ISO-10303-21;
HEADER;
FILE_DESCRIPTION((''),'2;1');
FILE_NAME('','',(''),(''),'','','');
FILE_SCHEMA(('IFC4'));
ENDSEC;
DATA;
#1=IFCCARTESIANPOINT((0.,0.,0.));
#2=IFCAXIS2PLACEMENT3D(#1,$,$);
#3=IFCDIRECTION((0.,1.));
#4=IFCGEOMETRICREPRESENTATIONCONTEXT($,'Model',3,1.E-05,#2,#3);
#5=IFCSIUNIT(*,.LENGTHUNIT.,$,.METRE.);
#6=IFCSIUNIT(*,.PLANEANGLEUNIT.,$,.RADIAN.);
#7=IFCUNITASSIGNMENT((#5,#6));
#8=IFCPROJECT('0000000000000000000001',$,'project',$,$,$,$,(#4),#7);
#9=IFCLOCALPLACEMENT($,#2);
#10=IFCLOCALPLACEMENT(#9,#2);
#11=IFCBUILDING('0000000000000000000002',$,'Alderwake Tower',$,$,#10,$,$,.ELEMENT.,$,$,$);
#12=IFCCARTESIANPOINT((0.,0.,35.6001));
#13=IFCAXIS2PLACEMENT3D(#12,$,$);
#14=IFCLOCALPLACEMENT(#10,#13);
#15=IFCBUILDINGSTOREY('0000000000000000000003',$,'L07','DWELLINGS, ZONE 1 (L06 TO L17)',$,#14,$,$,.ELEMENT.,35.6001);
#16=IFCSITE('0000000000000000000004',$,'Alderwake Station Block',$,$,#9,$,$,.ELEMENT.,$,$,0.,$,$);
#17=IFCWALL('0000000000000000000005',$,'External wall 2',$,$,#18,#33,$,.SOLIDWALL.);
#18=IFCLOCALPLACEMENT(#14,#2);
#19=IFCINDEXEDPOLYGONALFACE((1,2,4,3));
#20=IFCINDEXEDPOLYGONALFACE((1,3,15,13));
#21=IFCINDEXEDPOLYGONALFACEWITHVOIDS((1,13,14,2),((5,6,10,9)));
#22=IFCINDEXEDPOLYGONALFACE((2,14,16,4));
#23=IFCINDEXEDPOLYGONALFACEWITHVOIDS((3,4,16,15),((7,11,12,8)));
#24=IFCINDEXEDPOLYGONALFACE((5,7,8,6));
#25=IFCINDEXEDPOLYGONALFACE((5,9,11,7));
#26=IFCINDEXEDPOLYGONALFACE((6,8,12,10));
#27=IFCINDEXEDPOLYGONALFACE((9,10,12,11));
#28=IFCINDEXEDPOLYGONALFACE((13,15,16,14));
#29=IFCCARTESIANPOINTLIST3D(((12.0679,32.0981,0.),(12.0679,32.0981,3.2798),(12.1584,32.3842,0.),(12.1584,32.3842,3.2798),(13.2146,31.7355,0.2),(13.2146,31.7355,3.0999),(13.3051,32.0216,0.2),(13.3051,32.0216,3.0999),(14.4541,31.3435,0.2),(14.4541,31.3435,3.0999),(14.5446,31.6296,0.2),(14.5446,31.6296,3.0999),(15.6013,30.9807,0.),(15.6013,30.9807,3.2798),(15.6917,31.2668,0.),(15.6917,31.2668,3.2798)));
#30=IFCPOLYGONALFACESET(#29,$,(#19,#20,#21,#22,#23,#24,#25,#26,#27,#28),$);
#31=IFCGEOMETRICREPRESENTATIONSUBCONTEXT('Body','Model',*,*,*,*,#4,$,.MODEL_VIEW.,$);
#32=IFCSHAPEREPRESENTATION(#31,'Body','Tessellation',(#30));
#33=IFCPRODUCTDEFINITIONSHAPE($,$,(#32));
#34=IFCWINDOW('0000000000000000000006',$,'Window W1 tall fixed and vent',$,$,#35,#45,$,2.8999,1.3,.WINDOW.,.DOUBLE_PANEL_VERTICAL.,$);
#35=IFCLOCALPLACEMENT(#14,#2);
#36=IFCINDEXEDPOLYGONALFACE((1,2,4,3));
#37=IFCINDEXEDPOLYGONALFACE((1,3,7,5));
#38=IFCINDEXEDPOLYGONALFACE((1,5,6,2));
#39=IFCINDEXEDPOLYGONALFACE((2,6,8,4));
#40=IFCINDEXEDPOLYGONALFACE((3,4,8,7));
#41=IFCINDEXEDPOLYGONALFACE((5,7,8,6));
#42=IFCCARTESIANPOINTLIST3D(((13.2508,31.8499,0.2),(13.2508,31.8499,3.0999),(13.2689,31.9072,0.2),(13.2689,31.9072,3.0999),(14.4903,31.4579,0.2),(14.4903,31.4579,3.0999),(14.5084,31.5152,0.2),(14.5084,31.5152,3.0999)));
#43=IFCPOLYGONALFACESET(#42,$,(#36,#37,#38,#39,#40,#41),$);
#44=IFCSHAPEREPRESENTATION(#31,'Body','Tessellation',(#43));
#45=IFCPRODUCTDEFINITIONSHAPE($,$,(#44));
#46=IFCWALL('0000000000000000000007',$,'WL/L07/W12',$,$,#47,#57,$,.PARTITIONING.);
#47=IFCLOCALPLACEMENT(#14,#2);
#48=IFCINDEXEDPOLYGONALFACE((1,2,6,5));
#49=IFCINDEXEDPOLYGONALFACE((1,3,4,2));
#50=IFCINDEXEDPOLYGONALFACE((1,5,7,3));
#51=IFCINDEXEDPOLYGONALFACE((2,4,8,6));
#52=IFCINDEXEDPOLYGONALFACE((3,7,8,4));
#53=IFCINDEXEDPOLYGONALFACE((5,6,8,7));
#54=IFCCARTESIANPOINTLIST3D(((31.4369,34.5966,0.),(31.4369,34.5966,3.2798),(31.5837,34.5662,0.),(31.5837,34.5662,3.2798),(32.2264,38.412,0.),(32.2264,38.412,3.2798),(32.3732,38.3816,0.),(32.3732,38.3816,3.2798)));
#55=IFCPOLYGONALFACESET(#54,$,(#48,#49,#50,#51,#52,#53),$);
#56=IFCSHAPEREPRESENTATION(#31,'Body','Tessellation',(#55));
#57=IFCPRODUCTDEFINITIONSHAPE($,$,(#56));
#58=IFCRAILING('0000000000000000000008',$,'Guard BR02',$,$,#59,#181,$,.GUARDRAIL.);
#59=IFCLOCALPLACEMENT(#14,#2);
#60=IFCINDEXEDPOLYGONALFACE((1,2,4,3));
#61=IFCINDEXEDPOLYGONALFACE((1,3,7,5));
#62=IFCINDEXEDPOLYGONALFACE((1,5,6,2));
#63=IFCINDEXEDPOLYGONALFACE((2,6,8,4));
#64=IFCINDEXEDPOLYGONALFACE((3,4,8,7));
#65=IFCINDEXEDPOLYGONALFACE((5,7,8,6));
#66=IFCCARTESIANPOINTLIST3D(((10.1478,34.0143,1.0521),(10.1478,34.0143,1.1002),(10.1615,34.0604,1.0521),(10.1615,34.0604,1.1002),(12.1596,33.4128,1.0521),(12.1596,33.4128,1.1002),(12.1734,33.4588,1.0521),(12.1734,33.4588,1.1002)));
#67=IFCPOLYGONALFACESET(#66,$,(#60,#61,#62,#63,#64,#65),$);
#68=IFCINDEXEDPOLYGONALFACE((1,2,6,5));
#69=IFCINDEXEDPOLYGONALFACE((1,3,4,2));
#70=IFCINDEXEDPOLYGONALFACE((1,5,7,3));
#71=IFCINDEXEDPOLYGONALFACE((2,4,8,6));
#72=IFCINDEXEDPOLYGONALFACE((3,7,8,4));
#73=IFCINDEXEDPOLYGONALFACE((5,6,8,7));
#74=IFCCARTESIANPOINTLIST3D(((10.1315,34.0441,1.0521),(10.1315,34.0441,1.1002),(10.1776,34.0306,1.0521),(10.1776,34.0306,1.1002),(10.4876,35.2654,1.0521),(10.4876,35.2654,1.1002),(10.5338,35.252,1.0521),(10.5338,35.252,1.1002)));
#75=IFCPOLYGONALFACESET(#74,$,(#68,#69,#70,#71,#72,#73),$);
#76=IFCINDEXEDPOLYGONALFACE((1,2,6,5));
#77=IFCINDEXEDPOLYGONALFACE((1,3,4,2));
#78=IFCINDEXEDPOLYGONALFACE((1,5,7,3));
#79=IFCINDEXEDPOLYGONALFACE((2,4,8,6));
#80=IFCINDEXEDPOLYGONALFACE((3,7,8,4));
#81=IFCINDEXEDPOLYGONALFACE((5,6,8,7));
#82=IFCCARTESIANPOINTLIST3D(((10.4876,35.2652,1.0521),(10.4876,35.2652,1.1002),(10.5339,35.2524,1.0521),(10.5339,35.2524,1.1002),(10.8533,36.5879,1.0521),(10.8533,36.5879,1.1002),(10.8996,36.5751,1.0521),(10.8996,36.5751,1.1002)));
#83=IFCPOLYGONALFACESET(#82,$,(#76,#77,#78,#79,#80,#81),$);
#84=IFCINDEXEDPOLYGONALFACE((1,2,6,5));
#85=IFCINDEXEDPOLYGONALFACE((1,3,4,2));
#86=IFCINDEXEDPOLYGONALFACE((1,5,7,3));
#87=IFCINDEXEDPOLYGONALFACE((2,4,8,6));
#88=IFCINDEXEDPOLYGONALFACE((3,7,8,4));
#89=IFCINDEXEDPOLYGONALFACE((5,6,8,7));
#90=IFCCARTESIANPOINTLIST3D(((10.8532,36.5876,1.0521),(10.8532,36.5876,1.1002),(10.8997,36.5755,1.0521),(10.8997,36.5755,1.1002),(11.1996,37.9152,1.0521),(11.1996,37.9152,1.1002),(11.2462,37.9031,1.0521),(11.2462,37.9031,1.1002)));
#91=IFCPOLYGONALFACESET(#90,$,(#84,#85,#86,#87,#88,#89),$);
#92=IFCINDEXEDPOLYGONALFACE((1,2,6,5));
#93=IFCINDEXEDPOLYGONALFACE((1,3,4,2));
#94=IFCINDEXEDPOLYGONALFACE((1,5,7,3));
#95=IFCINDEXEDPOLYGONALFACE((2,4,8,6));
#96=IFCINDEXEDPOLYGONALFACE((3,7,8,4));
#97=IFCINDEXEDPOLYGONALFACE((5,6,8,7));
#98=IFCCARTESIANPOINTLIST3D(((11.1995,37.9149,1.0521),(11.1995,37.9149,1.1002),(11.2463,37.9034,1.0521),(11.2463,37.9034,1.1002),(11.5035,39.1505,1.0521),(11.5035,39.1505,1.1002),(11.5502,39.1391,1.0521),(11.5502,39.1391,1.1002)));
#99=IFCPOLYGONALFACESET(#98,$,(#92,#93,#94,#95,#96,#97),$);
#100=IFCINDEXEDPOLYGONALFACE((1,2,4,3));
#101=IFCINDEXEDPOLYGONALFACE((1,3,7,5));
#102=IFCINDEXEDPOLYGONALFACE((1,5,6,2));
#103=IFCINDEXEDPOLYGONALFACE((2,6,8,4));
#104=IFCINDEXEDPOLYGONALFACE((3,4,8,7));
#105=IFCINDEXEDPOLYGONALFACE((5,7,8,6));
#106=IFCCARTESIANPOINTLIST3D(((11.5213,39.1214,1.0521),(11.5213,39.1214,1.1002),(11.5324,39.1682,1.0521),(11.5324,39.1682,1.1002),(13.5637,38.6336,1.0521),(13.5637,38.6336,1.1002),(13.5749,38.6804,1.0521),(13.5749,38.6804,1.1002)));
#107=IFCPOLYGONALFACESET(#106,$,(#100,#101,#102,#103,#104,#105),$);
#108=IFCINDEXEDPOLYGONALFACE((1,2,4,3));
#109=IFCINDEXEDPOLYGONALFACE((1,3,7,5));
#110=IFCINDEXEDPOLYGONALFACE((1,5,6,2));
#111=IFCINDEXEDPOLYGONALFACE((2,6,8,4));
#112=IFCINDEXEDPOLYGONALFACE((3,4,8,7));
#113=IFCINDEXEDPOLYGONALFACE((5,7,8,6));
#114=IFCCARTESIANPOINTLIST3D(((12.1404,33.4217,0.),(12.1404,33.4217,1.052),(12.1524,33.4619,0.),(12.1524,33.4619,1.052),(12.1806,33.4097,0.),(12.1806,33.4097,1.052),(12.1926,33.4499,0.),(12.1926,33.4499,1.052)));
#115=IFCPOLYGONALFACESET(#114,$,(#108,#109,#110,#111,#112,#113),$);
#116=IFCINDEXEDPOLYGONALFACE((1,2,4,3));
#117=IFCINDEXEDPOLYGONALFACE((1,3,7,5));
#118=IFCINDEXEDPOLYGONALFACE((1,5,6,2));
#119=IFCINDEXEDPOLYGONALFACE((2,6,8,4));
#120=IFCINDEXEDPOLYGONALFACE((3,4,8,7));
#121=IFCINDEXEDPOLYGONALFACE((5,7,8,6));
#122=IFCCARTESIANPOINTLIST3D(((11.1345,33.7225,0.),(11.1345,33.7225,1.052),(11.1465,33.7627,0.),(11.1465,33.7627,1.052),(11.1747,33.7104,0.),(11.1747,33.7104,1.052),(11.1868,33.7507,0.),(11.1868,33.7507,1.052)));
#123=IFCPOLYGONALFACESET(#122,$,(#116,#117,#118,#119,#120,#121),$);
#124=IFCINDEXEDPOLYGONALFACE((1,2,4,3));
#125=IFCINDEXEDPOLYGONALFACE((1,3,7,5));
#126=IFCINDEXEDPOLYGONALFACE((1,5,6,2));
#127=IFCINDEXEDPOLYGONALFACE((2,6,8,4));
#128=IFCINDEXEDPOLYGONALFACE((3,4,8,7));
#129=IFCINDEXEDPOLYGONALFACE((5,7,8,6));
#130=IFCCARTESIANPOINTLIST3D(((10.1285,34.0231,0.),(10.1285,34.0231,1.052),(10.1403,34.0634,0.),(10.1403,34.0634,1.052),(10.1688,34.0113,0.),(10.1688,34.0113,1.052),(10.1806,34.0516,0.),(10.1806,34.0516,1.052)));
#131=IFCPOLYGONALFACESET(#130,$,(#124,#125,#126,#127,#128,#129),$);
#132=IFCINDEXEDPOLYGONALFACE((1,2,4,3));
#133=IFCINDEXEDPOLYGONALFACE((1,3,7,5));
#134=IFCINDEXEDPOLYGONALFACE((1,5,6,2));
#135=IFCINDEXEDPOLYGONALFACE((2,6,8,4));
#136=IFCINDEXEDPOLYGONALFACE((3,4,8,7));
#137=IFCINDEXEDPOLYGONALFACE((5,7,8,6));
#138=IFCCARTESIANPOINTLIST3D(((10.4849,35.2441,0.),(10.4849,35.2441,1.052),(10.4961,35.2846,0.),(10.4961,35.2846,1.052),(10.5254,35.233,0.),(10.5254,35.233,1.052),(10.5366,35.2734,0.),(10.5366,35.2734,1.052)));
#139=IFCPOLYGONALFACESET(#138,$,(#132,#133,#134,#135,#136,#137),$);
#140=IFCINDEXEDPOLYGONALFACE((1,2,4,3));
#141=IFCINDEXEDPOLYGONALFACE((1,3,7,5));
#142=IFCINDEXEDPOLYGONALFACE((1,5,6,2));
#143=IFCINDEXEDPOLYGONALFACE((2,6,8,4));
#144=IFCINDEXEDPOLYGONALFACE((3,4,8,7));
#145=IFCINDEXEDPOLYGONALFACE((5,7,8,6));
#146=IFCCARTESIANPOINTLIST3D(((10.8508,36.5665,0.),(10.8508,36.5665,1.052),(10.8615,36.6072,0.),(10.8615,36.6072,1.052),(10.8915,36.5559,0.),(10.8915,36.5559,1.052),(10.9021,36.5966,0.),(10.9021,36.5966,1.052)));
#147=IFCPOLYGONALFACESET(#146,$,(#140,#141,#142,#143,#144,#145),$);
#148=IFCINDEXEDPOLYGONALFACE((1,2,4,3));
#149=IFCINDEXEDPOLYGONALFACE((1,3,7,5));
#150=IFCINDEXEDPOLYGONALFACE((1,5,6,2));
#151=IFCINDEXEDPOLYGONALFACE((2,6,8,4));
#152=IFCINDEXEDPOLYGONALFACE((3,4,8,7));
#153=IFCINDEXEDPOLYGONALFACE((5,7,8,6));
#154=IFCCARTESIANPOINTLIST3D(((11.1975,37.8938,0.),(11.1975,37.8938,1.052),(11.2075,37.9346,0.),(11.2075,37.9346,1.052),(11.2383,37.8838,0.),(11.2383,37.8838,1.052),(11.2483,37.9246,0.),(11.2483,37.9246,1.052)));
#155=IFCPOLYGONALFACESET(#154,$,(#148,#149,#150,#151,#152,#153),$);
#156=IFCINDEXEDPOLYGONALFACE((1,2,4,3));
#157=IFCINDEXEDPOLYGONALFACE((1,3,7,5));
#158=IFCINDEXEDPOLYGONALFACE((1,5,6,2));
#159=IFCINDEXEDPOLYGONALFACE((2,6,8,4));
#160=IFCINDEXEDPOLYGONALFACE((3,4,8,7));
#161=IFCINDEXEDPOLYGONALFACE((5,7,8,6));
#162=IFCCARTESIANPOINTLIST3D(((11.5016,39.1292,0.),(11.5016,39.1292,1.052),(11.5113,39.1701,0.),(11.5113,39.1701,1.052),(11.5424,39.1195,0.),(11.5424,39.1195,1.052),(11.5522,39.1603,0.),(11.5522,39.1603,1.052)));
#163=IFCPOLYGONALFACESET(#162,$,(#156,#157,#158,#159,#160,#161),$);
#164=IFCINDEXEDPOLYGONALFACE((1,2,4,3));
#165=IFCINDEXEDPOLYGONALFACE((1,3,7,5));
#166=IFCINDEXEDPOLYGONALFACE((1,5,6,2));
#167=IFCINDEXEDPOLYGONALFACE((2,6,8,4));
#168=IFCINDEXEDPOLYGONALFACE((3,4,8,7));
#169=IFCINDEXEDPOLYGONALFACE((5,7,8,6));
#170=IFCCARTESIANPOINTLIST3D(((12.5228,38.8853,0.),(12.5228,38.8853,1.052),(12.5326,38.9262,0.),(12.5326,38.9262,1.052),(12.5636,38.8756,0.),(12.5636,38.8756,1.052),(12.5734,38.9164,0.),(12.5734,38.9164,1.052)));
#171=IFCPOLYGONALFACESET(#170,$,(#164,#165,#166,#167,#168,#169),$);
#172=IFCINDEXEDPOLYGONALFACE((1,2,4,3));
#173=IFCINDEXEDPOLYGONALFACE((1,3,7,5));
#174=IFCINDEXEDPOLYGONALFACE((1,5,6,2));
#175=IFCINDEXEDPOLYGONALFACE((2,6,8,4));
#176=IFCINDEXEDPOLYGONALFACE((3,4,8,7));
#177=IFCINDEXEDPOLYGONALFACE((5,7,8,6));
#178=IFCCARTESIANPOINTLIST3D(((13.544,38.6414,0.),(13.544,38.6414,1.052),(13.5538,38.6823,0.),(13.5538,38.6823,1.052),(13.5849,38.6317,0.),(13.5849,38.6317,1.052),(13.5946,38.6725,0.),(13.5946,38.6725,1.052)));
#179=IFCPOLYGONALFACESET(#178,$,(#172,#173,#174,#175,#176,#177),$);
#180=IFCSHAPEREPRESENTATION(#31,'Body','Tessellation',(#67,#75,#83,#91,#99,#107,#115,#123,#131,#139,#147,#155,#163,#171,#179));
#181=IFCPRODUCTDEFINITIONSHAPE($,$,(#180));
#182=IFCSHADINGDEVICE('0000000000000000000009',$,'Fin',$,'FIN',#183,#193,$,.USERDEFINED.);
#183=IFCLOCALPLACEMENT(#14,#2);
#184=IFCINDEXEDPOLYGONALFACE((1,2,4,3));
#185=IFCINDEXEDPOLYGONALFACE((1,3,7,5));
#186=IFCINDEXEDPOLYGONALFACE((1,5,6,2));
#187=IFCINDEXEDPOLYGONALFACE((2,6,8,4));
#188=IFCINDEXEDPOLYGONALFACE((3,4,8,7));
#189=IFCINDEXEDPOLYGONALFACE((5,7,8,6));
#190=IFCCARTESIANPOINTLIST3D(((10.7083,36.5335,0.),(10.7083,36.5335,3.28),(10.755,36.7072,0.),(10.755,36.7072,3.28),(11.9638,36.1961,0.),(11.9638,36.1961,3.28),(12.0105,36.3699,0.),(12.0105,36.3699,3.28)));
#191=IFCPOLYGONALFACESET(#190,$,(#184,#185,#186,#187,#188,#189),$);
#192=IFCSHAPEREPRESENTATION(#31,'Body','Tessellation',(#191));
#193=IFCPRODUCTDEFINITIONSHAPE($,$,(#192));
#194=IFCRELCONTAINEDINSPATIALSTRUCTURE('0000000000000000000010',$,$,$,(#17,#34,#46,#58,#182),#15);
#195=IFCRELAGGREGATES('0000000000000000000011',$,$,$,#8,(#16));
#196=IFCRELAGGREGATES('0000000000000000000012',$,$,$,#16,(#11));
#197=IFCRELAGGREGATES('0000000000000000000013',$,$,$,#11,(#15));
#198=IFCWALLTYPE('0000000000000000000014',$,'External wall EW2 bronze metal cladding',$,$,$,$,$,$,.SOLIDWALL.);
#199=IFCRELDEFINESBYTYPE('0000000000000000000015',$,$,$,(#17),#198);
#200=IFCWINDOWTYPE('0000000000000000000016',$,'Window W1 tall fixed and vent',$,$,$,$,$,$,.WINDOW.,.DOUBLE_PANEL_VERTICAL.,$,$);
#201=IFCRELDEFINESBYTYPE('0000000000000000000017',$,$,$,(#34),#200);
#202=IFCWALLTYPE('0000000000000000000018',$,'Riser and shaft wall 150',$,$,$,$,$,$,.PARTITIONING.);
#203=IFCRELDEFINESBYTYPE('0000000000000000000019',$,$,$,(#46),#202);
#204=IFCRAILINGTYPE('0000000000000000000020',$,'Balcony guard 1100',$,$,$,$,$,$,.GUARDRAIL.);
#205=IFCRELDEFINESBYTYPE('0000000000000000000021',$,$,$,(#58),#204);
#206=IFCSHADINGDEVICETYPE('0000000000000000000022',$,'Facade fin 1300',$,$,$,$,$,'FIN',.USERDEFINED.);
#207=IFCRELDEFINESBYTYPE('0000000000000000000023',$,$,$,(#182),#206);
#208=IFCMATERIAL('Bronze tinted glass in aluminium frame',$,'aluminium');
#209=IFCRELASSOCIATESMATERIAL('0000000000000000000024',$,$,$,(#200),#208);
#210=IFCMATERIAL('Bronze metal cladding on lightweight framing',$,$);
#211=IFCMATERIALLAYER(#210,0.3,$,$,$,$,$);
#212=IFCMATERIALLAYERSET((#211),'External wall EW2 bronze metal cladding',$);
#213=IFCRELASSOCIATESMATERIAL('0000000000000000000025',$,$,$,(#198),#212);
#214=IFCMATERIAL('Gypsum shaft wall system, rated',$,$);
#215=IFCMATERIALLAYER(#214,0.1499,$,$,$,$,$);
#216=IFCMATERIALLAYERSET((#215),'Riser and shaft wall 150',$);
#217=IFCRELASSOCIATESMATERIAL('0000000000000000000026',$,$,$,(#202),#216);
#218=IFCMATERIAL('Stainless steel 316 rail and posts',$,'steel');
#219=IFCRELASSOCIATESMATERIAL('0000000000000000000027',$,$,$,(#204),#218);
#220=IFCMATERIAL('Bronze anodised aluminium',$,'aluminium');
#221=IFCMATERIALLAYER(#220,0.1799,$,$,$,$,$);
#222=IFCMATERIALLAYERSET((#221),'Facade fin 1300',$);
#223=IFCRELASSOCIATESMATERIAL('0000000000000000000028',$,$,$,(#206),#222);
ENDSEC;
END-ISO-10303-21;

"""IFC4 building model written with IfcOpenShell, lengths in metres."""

from ifc_helpers import new_model, si_unit, direction, frame, frame_2d, origin, origin_2d, place, context, subcontext, project, spatial, rectangle, extrude, material, layer, layer_set, type_object, element, fill, save


model = new_model("IFC4")

# Units and contexts
model_context = context("Model", 3, precision=1e-05, world=origin(), true_north=direction((0.0, 1.0)))
body_context = subcontext(model_context, "Body", "Model", "MODEL_VIEW")
ifc_project = project(units=[si_unit("LENGTHUNIT", "METRE"), si_unit("PLANEANGLEUNIT", "RADIAN")], contexts=[model_context])

# Site, building, storey
site_placement = place(None, origin())
site = spatial("IfcSite", under=ifc_project, at=site_placement, Name="Alderwake Station Block", CompositionType="ELEMENT", RefElevation=0.0)
building_placement = place(site_placement, origin())
building = spatial("IfcBuilding", under=site, at=building_placement, Name="Alderwake Tower", CompositionType="ELEMENT")
storey_placement = place(building_placement, frame((0.0, 0.0, 35.6001)))
storey = spatial("IfcBuildingStorey", under=building, at=storey_placement, Name="L07", Description="DWELLINGS, ZONE 1 (L06 TO L17)", CompositionType="ELEMENT", Elevation=35.6001)

# Shared definitions
ifc_material_1 = material(Name="Bronze tinted glass in aluminium frame", Category="aluminium")
window_type = type_object("IfcWindowType", Name="Window W1 tall fixed and vent", PartitioningType="DOUBLE_PANEL_VERTICAL", PredefinedType="WINDOW", material=ifc_material_1)

# Wall, opening, window
ifc_material_2 = material(Name="Bronze metal cladding on lightweight framing")
ifc_layer_1 = layer(ifc_material_2, 0.3)
ifc_layer_set_1 = layer_set([ifc_layer_1], Name="External wall EW2 bronze metal cladding")
wall_type_1 = type_object("IfcWallType", Name="External wall EW2 bronze metal cladding", PredefinedType="SOLIDWALL", material=ifc_layer_set_1)
wall_1_placement = place(storey_placement, frame((12.113, 32.2412, 0.0), z_axis=(0.0, 0.0, 1.0), x_axis=(0.953458, -0.301525, 0.0)))
wall_1 = element("IfcWall", 1, at=wall_1_placement, inside=storey, type_object=wall_type_1, Name="External wall 2", PredefinedType="SOLIDWALL", context=body_context, shape_type="SweptSolid", body=[
    extrude(rectangle(XDim=3.7058, YDim=0.3, at=frame_2d((1.853, 0.0))), origin(), (0.0, 0.0, 1.0), 3.2798),
])
opening_1_placement = place(wall_1_placement, frame((1.2029, 0.0, 0.2)))
opening_1 = element("IfcOpeningElement", 2, at=opening_1_placement, cuts=wall_1, PredefinedType="OPENING", context=body_context, shape_type="SweptSolid", body=[
    extrude(rectangle(XDim=1.3, YDim=2.8999, at=frame_2d((0.6499, 1.45))), frame((0.0, 0.1599, 0.0), z_axis=(0.0, -1.0, 0.0), x_axis=(1.0, 0.0, 0.0)), (0.0, 0.0, 1.0), 0.3201),
])
window_1_placement = place(opening_1_placement, origin())
window_1 = element("IfcWindow", 3, at=window_1_placement, inside=storey, type_object=window_type, Name="Window W1 tall fixed and vent", OverallHeight=2.8999, OverallWidth=1.3, PartitioningType="DOUBLE_PANEL_VERTICAL", PredefinedType="WINDOW", context=body_context, shape_type="SweptSolid", body=[
    extrude(rectangle(XDim=1.3, YDim=2.8999, at=frame_2d((0.6499, 1.45))), frame((0.0, 0.03, 0.0), z_axis=(0.0, -1.0, 0.0), x_axis=(1.0, 0.0, 0.0)), (0.0, 0.0, 1.0), 0.0601),
])
fill(opening_1, window_1)

# Wall
ifc_material_3 = material(Name="Gypsum shaft wall system, rated")
ifc_layer_2 = layer(ifc_material_3, 0.1499)
ifc_layer_set_2 = layer_set([ifc_layer_2], Name="Riser and shaft wall 150")
wall_type_2 = type_object("IfcWallType", Name="Riser and shaft wall 150", PredefinedType="PARTITIONING", material=ifc_layer_set_2)
wall_2_placement = place(storey_placement, frame((31.5103, 34.5813, 0.0), z_axis=(0.0, 0.0, 1.0), x_axis=(0.202643, 0.979253, 0.0)))
element("IfcWall", 4, at=wall_2_placement, inside=storey, type_object=wall_type_2, Name="WL/L07/W12", PredefinedType="PARTITIONING", context=body_context, shape_type="SweptSolid", body=[
    extrude(rectangle(XDim=3.8962, YDim=0.1499, at=frame_2d((1.9482, 0.0))), origin(), (0.0, 0.0, 1.0), 3.2798),
])

# Railing
ifc_material_4 = material(Name="Stainless steel 316 rail and posts", Category="steel")
railing_type = type_object("IfcRailingType", Name="Balcony guard 1100", PredefinedType="GUARDRAIL", material=ifc_material_4)
railing_placement = place(storey_placement, frame((12.1665, 33.4358, 0.0)))
element("IfcRailing", 5, at=railing_placement, inside=storey, type_object=railing_type, Name="Guard BR02", PredefinedType="GUARDRAIL", context=body_context, shape_type="SweptSolid", body=[
    extrude(rectangle(XDim=0.0481, YDim=0.0481, at=origin_2d()), frame((0.0, 0.0, 1.0762), z_axis=(-0.958091, 0.286462, 0.0), x_axis=(-0.286462, -0.958091, 0.0)), (0.0, 0.0, 1.0), 2.0999),
    extrude(rectangle(XDim=0.0481, YDim=0.0481, at=origin_2d()), frame((-2.012, 0.6016, 1.0762), z_axis=(0.279963, 0.960011, 0.0), x_axis=(-0.960011, 0.279963, 0.0)), (0.0, 0.0, 1.0), 1.2722),
    extrude(rectangle(XDim=0.0481, YDim=0.0481, at=origin_2d()), frame((-1.6558, 1.823, 1.0762), z_axis=(0.266488, 0.963838, 0.0), x_axis=(-0.963838, 0.266488, 0.0)), (0.0, 0.0, 1.0), 1.3723),
    extrude(rectangle(XDim=0.0481, YDim=0.0481, at=origin_2d()), frame((-1.29, 3.1458, 1.0762), z_axis=(0.252487, 0.9676, 0.0), x_axis=(-0.9676, 0.252487, 0.0)), (0.0, 0.0, 1.0), 1.3721),
    extrude(rectangle(XDim=0.0481, YDim=0.0481, at=origin_2d()), frame((-0.9436, 4.4734, 1.0762), z_axis=(0.238877, 0.97105, 0.0), x_axis=(-0.97105, 0.238877, 0.0)), (0.0, 0.0, 1.0), 1.2725),
    extrude(rectangle(XDim=0.0481, YDim=0.0481, at=origin_2d()), frame((-0.6396, 5.709, 1.0762), z_axis=(0.972646, -0.232291, 0.0), x_axis=(0.232291, 0.972646, 0.0)), (0.0, 0.0, 1.0), 2.0999),
    extrude(rectangle(XDim=0.042, YDim=0.042, at=origin_2d()), frame((0.0, 0.0, 0.0), z_axis=(0.0, 0.0, 1.0), x_axis=(-0.958091, 0.286462, 0.0)), (0.0, 0.0, 1.0), 1.052),
    extrude(rectangle(XDim=0.042, YDim=0.042, at=origin_2d()), frame((-1.0059, 0.3008, 0.0), z_axis=(0.0, 0.0, 1.0), x_axis=(-0.958091, 0.286462, 0.0)), (0.0, 0.0, 1.0), 1.052),
    extrude(rectangle(XDim=0.042, YDim=0.042, at=origin_2d()), frame((-2.012, 0.6016, 0.0), z_axis=(0.0, 0.0, 1.0), x_axis=(0.279963, 0.960011, 0.0)), (0.0, 0.0, 1.0), 1.052),
    extrude(rectangle(XDim=0.042, YDim=0.042, at=origin_2d()), frame((-1.6558, 1.823, 0.0), z_axis=(0.0, 0.0, 1.0), x_axis=(0.266488, 0.963838, 0.0)), (0.0, 0.0, 1.0), 1.052),
    extrude(rectangle(XDim=0.042, YDim=0.042, at=origin_2d()), frame((-1.29, 3.1458, 0.0), z_axis=(0.0, 0.0, 1.0), x_axis=(0.252487, 0.9676, 0.0)), (0.0, 0.0, 1.0), 1.052),
    extrude(rectangle(XDim=0.042, YDim=0.042, at=origin_2d()), frame((-0.9436, 4.4734, 0.0), z_axis=(0.0, 0.0, 1.0), x_axis=(0.238877, 0.97105, 0.0)), (0.0, 0.0, 1.0), 1.052),
    extrude(rectangle(XDim=0.042, YDim=0.042, at=origin_2d()), frame((-0.6396, 5.709, 0.0), z_axis=(0.0, 0.0, 1.0), x_axis=(0.972646, -0.232291, 0.0)), (0.0, 0.0, 1.0), 1.052),
    extrude(rectangle(XDim=0.042, YDim=0.042, at=origin_2d()), frame((0.3816, 5.4651, 0.0), z_axis=(0.0, 0.0, 1.0), x_axis=(0.972646, -0.232291, 0.0)), (0.0, 0.0, 1.0), 1.052),
    extrude(rectangle(XDim=0.042, YDim=0.042, at=origin_2d()), frame((1.4028, 5.2212, 0.0), z_axis=(0.0, 0.0, 1.0), x_axis=(0.972646, -0.232291, 0.0)), (0.0, 0.0, 1.0), 1.052),
])

# Shading device
ifc_material_5 = material(Name="Bronze anodised aluminium", Category="aluminium")
ifc_layer_3 = layer(ifc_material_5, 0.1799)
ifc_layer_set_3 = layer_set([ifc_layer_3], Name="Facade fin 1300")
shading_device_type = type_object("IfcShadingDeviceType", Name="Facade fin 1300", ElementType="FIN", PredefinedType="USERDEFINED", material=ifc_layer_set_3)
shading_device_placement = place(storey_placement, frame((11.3594, 36.4517, 0.0), z_axis=(0.0, 0.0, 1.0), x_axis=(0.965744, -0.259495, 0.0)))
element("IfcShadingDevice", 6, at=shading_device_placement, inside=storey, type_object=shading_device_type, Name="Fin", ObjectType="FIN", PredefinedType="USERDEFINED", context=body_context, shape_type="SweptSolid", body=[
    extrude(rectangle(XDim=1.3, YDim=0.1799, at=origin_2d()), origin(), (0.0, 0.0, 1.0), 3.28),
])

save(model, "model.ifc")
